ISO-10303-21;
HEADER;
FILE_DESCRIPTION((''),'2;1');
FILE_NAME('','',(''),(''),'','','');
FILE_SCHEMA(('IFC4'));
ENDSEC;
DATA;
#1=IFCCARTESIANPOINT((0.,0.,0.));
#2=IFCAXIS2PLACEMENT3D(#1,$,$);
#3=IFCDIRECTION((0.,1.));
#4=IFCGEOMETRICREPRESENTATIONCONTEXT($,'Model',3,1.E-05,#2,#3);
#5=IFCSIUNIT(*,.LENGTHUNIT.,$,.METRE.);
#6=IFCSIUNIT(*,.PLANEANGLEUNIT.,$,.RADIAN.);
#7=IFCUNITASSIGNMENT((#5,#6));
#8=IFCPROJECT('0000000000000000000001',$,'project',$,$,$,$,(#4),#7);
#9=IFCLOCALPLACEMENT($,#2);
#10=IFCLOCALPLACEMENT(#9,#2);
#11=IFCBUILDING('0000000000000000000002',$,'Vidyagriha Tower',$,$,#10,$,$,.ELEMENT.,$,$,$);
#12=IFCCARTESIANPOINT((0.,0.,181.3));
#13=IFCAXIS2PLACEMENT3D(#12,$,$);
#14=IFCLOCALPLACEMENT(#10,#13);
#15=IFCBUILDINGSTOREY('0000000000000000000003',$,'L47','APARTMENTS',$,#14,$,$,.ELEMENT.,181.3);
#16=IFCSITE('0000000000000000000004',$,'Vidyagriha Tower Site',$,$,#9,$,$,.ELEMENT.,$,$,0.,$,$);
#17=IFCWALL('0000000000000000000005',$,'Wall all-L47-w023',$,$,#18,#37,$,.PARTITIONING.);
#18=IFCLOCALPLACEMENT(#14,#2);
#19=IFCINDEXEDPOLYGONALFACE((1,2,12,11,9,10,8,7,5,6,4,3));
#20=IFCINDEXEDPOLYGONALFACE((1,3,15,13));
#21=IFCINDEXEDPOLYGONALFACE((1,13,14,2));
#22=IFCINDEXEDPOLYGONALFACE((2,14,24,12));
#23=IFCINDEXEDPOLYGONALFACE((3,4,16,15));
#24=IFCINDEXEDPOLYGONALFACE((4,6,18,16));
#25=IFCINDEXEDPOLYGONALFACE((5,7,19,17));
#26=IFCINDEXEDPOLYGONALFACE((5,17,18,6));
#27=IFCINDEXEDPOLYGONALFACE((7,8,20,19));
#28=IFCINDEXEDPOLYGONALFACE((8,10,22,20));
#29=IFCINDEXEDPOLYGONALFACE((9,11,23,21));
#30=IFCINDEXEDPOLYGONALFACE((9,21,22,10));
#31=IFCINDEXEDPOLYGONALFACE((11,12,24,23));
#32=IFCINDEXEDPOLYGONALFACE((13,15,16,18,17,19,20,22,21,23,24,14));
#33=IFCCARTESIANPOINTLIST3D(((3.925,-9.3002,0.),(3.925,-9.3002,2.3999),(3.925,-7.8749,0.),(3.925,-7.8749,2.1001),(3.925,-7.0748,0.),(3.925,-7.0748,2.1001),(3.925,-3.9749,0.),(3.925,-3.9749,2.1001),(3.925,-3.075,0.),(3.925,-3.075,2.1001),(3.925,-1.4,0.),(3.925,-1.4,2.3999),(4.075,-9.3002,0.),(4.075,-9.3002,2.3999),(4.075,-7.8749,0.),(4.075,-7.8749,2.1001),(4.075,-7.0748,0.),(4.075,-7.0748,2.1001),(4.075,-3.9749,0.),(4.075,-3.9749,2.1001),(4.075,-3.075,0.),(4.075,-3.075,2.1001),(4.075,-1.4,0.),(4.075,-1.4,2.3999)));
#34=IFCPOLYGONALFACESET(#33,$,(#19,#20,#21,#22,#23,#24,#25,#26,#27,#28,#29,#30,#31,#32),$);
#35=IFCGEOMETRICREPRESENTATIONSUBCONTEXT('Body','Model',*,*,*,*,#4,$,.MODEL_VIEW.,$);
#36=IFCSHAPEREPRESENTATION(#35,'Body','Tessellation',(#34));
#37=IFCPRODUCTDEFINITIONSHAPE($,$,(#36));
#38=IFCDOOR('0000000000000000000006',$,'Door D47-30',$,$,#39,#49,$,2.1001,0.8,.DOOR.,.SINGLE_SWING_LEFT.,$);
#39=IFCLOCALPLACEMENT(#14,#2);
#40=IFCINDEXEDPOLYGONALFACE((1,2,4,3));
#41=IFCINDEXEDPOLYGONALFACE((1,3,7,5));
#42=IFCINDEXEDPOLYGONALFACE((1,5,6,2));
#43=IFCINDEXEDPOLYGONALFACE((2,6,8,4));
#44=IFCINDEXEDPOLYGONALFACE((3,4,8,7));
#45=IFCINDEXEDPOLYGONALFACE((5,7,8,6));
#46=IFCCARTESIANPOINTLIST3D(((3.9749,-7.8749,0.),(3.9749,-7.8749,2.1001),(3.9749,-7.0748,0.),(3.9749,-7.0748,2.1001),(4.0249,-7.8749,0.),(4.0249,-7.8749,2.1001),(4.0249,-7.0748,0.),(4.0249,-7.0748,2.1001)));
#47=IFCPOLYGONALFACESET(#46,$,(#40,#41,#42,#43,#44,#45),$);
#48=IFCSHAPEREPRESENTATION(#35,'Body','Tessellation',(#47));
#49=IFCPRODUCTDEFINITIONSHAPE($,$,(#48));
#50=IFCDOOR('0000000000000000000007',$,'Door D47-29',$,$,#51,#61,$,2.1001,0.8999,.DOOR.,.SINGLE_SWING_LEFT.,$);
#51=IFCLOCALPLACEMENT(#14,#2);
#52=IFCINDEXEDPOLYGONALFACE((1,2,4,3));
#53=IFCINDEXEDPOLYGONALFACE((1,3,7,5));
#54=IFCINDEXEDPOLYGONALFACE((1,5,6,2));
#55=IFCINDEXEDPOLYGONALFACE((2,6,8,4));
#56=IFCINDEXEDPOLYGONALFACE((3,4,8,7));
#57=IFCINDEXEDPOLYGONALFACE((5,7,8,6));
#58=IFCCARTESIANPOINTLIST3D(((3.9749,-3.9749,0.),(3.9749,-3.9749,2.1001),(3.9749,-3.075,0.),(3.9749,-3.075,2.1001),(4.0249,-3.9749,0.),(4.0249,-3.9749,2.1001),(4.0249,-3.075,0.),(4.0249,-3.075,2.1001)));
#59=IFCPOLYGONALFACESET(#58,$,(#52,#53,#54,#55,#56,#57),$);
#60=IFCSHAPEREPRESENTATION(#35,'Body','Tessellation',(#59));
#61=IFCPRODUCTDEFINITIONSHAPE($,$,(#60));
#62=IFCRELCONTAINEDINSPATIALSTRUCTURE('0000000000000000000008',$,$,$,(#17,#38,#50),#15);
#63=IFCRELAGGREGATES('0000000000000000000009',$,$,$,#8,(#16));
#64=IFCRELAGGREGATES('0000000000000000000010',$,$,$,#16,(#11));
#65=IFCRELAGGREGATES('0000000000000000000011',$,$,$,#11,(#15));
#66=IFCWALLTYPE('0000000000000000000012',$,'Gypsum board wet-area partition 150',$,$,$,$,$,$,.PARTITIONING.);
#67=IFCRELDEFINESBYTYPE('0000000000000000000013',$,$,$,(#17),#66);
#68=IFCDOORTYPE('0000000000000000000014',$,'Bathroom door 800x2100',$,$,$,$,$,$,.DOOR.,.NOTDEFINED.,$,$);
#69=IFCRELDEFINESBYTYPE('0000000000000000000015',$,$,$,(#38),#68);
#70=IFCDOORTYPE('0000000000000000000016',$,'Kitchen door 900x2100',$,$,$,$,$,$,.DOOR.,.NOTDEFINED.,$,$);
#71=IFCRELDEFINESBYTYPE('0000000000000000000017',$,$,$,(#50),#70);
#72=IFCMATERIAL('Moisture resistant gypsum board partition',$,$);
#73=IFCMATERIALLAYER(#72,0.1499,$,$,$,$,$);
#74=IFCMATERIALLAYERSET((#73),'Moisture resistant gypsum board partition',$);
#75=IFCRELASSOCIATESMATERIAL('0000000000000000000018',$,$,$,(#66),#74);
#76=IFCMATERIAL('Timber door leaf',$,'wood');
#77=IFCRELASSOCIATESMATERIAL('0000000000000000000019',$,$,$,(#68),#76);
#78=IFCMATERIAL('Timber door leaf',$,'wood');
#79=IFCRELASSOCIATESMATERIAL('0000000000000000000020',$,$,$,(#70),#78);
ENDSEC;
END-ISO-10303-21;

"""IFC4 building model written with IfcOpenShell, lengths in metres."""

from ifc_helpers import new_model, si_unit, direction, frame, frame_2d, origin, place, context, subcontext, project, spatial, rectangle, extrude, material, layer, layer_set, type_object, element, fill, save


model = new_model("IFC4")

# Units and contexts
model_context = context("Model", 3, precision=1e-05, world=origin(), true_north=direction((0.0, 1.0)))
body_context = subcontext(model_context, "Body", "Model", "MODEL_VIEW")
ifc_project = project(units=[si_unit("LENGTHUNIT", "METRE"), si_unit("PLANEANGLEUNIT", "RADIAN")], contexts=[model_context])

# Site, building, storey
site_placement = place(None, origin())
site = spatial("IfcSite", under=ifc_project, at=site_placement, Name="Vidyagriha Tower Site", CompositionType="ELEMENT", RefElevation=0.0)
building_placement = place(site_placement, origin())
building = spatial("IfcBuilding", under=site, at=building_placement, Name="Vidyagriha Tower", CompositionType="ELEMENT")
storey_placement = place(building_placement, frame((0.0, 0.0, 181.3)))
storey = spatial("IfcBuildingStorey", under=building, at=storey_placement, Name="L47", Description="APARTMENTS", CompositionType="ELEMENT", Elevation=181.3)

# Wall, openings, doors
ifc_material_1 = material(Name="Moisture resistant gypsum board partition")
ifc_layer_1 = layer(ifc_material_1, 0.1499)
ifc_layer_set_1 = layer_set([ifc_layer_1], Name="Moisture resistant gypsum board partition")
wall_type_1 = type_object("IfcWallType", Name="Gypsum board wet-area partition 150", PredefinedType="PARTITIONING", material=ifc_layer_set_1)
wall_1_placement = place(storey_placement, frame((4.0, -1.3999, 0.0), z_axis=(0.0, 0.0, 1.0), x_axis=(0.0, -1.0, 0.0)))
wall_1 = element("IfcWall", 1, at=wall_1_placement, inside=storey, type_object=wall_type_1, Name="Wall all-L47-w023", PredefinedType="PARTITIONING", context=body_context, shape_type="SweptSolid", body=[
    extrude(rectangle(XDim=7.9001, YDim=0.1499, at=frame_2d((3.9502, 0.0))), origin(), (0.0, 0.0, 1.0), 2.3999),
])
opening_1_placement = place(wall_1_placement, frame((1.675, 0.0, 0.0)))
opening_1 = element("IfcOpeningElement", 2, at=opening_1_placement, cuts=wall_1, PredefinedType="OPENING", context=body_context, shape_type="SweptSolid", body=[
    extrude(rectangle(XDim=0.8999, YDim=2.1001, at=frame_2d((0.45, 1.05))), frame((0.0, 0.085, 0.0), z_axis=(0.0, -1.0, 0.0), x_axis=(1.0, 0.0, 0.0)), (0.0, 0.0, 1.0), 0.1699),
])
opening_2_placement = place(wall_1_placement, frame((5.675, 0.0, 0.0)))
opening_2 = element("IfcOpeningElement", 3, at=opening_2_placement, cuts=wall_1, PredefinedType="OPENING", context=body_context, shape_type="SweptSolid", body=[
    extrude(rectangle(XDim=0.8, YDim=2.1001, at=frame_2d((0.3999, 1.05))), frame((0.0, 0.085, 0.0), z_axis=(0.0, -1.0, 0.0), x_axis=(1.0, 0.0, 0.0)), (0.0, 0.0, 1.0), 0.1699),
])
ifc_material_2 = material(Name="Timber door leaf", Category="wood")
door_type_1 = type_object("IfcDoorType", Name="Bathroom door 800x2100", OperationType="NOTDEFINED", PredefinedType="DOOR", material=ifc_material_2)
door_1_placement = place(opening_2_placement, origin())
door_1 = element("IfcDoor", 4, at=door_1_placement, inside=storey, type_object=door_type_1, Name="Door D47-30", OperationType="SINGLE_SWING_LEFT", OverallHeight=2.1001, OverallWidth=0.8, PredefinedType="DOOR", context=body_context, shape_type="SweptSolid", body=[
    extrude(rectangle(XDim=0.8, YDim=2.1001, at=frame_2d((0.3999, 1.05))), frame((0.0, 0.0249, 0.0), z_axis=(0.0, -1.0, 0.0), x_axis=(1.0, 0.0, 0.0)), (0.0, 0.0, 1.0), 0.05),
])
fill(opening_2, door_1)
ifc_material_3 = material(Name="Timber door leaf", Category="wood")
door_type_2 = type_object("IfcDoorType", Name="Kitchen door 900x2100", OperationType="NOTDEFINED", PredefinedType="DOOR", material=ifc_material_3)
door_2_placement = place(opening_1_placement, origin())
door_2 = element("IfcDoor", 5, at=door_2_placement, inside=storey, type_object=door_type_2, Name="Door D47-29", OperationType="SINGLE_SWING_LEFT", OverallHeight=2.1001, OverallWidth=0.8999, PredefinedType="DOOR", context=body_context, shape_type="SweptSolid", body=[
    extrude(rectangle(XDim=0.8999, YDim=2.1001, at=frame_2d((0.45, 1.05))), frame((0.0, 0.0249, 0.0), z_axis=(0.0, -1.0, 0.0), x_axis=(1.0, 0.0, 0.0)), (0.0, 0.0, 1.0), 0.05),
])
fill(opening_1, door_2)

save(model, "model.ifc")
